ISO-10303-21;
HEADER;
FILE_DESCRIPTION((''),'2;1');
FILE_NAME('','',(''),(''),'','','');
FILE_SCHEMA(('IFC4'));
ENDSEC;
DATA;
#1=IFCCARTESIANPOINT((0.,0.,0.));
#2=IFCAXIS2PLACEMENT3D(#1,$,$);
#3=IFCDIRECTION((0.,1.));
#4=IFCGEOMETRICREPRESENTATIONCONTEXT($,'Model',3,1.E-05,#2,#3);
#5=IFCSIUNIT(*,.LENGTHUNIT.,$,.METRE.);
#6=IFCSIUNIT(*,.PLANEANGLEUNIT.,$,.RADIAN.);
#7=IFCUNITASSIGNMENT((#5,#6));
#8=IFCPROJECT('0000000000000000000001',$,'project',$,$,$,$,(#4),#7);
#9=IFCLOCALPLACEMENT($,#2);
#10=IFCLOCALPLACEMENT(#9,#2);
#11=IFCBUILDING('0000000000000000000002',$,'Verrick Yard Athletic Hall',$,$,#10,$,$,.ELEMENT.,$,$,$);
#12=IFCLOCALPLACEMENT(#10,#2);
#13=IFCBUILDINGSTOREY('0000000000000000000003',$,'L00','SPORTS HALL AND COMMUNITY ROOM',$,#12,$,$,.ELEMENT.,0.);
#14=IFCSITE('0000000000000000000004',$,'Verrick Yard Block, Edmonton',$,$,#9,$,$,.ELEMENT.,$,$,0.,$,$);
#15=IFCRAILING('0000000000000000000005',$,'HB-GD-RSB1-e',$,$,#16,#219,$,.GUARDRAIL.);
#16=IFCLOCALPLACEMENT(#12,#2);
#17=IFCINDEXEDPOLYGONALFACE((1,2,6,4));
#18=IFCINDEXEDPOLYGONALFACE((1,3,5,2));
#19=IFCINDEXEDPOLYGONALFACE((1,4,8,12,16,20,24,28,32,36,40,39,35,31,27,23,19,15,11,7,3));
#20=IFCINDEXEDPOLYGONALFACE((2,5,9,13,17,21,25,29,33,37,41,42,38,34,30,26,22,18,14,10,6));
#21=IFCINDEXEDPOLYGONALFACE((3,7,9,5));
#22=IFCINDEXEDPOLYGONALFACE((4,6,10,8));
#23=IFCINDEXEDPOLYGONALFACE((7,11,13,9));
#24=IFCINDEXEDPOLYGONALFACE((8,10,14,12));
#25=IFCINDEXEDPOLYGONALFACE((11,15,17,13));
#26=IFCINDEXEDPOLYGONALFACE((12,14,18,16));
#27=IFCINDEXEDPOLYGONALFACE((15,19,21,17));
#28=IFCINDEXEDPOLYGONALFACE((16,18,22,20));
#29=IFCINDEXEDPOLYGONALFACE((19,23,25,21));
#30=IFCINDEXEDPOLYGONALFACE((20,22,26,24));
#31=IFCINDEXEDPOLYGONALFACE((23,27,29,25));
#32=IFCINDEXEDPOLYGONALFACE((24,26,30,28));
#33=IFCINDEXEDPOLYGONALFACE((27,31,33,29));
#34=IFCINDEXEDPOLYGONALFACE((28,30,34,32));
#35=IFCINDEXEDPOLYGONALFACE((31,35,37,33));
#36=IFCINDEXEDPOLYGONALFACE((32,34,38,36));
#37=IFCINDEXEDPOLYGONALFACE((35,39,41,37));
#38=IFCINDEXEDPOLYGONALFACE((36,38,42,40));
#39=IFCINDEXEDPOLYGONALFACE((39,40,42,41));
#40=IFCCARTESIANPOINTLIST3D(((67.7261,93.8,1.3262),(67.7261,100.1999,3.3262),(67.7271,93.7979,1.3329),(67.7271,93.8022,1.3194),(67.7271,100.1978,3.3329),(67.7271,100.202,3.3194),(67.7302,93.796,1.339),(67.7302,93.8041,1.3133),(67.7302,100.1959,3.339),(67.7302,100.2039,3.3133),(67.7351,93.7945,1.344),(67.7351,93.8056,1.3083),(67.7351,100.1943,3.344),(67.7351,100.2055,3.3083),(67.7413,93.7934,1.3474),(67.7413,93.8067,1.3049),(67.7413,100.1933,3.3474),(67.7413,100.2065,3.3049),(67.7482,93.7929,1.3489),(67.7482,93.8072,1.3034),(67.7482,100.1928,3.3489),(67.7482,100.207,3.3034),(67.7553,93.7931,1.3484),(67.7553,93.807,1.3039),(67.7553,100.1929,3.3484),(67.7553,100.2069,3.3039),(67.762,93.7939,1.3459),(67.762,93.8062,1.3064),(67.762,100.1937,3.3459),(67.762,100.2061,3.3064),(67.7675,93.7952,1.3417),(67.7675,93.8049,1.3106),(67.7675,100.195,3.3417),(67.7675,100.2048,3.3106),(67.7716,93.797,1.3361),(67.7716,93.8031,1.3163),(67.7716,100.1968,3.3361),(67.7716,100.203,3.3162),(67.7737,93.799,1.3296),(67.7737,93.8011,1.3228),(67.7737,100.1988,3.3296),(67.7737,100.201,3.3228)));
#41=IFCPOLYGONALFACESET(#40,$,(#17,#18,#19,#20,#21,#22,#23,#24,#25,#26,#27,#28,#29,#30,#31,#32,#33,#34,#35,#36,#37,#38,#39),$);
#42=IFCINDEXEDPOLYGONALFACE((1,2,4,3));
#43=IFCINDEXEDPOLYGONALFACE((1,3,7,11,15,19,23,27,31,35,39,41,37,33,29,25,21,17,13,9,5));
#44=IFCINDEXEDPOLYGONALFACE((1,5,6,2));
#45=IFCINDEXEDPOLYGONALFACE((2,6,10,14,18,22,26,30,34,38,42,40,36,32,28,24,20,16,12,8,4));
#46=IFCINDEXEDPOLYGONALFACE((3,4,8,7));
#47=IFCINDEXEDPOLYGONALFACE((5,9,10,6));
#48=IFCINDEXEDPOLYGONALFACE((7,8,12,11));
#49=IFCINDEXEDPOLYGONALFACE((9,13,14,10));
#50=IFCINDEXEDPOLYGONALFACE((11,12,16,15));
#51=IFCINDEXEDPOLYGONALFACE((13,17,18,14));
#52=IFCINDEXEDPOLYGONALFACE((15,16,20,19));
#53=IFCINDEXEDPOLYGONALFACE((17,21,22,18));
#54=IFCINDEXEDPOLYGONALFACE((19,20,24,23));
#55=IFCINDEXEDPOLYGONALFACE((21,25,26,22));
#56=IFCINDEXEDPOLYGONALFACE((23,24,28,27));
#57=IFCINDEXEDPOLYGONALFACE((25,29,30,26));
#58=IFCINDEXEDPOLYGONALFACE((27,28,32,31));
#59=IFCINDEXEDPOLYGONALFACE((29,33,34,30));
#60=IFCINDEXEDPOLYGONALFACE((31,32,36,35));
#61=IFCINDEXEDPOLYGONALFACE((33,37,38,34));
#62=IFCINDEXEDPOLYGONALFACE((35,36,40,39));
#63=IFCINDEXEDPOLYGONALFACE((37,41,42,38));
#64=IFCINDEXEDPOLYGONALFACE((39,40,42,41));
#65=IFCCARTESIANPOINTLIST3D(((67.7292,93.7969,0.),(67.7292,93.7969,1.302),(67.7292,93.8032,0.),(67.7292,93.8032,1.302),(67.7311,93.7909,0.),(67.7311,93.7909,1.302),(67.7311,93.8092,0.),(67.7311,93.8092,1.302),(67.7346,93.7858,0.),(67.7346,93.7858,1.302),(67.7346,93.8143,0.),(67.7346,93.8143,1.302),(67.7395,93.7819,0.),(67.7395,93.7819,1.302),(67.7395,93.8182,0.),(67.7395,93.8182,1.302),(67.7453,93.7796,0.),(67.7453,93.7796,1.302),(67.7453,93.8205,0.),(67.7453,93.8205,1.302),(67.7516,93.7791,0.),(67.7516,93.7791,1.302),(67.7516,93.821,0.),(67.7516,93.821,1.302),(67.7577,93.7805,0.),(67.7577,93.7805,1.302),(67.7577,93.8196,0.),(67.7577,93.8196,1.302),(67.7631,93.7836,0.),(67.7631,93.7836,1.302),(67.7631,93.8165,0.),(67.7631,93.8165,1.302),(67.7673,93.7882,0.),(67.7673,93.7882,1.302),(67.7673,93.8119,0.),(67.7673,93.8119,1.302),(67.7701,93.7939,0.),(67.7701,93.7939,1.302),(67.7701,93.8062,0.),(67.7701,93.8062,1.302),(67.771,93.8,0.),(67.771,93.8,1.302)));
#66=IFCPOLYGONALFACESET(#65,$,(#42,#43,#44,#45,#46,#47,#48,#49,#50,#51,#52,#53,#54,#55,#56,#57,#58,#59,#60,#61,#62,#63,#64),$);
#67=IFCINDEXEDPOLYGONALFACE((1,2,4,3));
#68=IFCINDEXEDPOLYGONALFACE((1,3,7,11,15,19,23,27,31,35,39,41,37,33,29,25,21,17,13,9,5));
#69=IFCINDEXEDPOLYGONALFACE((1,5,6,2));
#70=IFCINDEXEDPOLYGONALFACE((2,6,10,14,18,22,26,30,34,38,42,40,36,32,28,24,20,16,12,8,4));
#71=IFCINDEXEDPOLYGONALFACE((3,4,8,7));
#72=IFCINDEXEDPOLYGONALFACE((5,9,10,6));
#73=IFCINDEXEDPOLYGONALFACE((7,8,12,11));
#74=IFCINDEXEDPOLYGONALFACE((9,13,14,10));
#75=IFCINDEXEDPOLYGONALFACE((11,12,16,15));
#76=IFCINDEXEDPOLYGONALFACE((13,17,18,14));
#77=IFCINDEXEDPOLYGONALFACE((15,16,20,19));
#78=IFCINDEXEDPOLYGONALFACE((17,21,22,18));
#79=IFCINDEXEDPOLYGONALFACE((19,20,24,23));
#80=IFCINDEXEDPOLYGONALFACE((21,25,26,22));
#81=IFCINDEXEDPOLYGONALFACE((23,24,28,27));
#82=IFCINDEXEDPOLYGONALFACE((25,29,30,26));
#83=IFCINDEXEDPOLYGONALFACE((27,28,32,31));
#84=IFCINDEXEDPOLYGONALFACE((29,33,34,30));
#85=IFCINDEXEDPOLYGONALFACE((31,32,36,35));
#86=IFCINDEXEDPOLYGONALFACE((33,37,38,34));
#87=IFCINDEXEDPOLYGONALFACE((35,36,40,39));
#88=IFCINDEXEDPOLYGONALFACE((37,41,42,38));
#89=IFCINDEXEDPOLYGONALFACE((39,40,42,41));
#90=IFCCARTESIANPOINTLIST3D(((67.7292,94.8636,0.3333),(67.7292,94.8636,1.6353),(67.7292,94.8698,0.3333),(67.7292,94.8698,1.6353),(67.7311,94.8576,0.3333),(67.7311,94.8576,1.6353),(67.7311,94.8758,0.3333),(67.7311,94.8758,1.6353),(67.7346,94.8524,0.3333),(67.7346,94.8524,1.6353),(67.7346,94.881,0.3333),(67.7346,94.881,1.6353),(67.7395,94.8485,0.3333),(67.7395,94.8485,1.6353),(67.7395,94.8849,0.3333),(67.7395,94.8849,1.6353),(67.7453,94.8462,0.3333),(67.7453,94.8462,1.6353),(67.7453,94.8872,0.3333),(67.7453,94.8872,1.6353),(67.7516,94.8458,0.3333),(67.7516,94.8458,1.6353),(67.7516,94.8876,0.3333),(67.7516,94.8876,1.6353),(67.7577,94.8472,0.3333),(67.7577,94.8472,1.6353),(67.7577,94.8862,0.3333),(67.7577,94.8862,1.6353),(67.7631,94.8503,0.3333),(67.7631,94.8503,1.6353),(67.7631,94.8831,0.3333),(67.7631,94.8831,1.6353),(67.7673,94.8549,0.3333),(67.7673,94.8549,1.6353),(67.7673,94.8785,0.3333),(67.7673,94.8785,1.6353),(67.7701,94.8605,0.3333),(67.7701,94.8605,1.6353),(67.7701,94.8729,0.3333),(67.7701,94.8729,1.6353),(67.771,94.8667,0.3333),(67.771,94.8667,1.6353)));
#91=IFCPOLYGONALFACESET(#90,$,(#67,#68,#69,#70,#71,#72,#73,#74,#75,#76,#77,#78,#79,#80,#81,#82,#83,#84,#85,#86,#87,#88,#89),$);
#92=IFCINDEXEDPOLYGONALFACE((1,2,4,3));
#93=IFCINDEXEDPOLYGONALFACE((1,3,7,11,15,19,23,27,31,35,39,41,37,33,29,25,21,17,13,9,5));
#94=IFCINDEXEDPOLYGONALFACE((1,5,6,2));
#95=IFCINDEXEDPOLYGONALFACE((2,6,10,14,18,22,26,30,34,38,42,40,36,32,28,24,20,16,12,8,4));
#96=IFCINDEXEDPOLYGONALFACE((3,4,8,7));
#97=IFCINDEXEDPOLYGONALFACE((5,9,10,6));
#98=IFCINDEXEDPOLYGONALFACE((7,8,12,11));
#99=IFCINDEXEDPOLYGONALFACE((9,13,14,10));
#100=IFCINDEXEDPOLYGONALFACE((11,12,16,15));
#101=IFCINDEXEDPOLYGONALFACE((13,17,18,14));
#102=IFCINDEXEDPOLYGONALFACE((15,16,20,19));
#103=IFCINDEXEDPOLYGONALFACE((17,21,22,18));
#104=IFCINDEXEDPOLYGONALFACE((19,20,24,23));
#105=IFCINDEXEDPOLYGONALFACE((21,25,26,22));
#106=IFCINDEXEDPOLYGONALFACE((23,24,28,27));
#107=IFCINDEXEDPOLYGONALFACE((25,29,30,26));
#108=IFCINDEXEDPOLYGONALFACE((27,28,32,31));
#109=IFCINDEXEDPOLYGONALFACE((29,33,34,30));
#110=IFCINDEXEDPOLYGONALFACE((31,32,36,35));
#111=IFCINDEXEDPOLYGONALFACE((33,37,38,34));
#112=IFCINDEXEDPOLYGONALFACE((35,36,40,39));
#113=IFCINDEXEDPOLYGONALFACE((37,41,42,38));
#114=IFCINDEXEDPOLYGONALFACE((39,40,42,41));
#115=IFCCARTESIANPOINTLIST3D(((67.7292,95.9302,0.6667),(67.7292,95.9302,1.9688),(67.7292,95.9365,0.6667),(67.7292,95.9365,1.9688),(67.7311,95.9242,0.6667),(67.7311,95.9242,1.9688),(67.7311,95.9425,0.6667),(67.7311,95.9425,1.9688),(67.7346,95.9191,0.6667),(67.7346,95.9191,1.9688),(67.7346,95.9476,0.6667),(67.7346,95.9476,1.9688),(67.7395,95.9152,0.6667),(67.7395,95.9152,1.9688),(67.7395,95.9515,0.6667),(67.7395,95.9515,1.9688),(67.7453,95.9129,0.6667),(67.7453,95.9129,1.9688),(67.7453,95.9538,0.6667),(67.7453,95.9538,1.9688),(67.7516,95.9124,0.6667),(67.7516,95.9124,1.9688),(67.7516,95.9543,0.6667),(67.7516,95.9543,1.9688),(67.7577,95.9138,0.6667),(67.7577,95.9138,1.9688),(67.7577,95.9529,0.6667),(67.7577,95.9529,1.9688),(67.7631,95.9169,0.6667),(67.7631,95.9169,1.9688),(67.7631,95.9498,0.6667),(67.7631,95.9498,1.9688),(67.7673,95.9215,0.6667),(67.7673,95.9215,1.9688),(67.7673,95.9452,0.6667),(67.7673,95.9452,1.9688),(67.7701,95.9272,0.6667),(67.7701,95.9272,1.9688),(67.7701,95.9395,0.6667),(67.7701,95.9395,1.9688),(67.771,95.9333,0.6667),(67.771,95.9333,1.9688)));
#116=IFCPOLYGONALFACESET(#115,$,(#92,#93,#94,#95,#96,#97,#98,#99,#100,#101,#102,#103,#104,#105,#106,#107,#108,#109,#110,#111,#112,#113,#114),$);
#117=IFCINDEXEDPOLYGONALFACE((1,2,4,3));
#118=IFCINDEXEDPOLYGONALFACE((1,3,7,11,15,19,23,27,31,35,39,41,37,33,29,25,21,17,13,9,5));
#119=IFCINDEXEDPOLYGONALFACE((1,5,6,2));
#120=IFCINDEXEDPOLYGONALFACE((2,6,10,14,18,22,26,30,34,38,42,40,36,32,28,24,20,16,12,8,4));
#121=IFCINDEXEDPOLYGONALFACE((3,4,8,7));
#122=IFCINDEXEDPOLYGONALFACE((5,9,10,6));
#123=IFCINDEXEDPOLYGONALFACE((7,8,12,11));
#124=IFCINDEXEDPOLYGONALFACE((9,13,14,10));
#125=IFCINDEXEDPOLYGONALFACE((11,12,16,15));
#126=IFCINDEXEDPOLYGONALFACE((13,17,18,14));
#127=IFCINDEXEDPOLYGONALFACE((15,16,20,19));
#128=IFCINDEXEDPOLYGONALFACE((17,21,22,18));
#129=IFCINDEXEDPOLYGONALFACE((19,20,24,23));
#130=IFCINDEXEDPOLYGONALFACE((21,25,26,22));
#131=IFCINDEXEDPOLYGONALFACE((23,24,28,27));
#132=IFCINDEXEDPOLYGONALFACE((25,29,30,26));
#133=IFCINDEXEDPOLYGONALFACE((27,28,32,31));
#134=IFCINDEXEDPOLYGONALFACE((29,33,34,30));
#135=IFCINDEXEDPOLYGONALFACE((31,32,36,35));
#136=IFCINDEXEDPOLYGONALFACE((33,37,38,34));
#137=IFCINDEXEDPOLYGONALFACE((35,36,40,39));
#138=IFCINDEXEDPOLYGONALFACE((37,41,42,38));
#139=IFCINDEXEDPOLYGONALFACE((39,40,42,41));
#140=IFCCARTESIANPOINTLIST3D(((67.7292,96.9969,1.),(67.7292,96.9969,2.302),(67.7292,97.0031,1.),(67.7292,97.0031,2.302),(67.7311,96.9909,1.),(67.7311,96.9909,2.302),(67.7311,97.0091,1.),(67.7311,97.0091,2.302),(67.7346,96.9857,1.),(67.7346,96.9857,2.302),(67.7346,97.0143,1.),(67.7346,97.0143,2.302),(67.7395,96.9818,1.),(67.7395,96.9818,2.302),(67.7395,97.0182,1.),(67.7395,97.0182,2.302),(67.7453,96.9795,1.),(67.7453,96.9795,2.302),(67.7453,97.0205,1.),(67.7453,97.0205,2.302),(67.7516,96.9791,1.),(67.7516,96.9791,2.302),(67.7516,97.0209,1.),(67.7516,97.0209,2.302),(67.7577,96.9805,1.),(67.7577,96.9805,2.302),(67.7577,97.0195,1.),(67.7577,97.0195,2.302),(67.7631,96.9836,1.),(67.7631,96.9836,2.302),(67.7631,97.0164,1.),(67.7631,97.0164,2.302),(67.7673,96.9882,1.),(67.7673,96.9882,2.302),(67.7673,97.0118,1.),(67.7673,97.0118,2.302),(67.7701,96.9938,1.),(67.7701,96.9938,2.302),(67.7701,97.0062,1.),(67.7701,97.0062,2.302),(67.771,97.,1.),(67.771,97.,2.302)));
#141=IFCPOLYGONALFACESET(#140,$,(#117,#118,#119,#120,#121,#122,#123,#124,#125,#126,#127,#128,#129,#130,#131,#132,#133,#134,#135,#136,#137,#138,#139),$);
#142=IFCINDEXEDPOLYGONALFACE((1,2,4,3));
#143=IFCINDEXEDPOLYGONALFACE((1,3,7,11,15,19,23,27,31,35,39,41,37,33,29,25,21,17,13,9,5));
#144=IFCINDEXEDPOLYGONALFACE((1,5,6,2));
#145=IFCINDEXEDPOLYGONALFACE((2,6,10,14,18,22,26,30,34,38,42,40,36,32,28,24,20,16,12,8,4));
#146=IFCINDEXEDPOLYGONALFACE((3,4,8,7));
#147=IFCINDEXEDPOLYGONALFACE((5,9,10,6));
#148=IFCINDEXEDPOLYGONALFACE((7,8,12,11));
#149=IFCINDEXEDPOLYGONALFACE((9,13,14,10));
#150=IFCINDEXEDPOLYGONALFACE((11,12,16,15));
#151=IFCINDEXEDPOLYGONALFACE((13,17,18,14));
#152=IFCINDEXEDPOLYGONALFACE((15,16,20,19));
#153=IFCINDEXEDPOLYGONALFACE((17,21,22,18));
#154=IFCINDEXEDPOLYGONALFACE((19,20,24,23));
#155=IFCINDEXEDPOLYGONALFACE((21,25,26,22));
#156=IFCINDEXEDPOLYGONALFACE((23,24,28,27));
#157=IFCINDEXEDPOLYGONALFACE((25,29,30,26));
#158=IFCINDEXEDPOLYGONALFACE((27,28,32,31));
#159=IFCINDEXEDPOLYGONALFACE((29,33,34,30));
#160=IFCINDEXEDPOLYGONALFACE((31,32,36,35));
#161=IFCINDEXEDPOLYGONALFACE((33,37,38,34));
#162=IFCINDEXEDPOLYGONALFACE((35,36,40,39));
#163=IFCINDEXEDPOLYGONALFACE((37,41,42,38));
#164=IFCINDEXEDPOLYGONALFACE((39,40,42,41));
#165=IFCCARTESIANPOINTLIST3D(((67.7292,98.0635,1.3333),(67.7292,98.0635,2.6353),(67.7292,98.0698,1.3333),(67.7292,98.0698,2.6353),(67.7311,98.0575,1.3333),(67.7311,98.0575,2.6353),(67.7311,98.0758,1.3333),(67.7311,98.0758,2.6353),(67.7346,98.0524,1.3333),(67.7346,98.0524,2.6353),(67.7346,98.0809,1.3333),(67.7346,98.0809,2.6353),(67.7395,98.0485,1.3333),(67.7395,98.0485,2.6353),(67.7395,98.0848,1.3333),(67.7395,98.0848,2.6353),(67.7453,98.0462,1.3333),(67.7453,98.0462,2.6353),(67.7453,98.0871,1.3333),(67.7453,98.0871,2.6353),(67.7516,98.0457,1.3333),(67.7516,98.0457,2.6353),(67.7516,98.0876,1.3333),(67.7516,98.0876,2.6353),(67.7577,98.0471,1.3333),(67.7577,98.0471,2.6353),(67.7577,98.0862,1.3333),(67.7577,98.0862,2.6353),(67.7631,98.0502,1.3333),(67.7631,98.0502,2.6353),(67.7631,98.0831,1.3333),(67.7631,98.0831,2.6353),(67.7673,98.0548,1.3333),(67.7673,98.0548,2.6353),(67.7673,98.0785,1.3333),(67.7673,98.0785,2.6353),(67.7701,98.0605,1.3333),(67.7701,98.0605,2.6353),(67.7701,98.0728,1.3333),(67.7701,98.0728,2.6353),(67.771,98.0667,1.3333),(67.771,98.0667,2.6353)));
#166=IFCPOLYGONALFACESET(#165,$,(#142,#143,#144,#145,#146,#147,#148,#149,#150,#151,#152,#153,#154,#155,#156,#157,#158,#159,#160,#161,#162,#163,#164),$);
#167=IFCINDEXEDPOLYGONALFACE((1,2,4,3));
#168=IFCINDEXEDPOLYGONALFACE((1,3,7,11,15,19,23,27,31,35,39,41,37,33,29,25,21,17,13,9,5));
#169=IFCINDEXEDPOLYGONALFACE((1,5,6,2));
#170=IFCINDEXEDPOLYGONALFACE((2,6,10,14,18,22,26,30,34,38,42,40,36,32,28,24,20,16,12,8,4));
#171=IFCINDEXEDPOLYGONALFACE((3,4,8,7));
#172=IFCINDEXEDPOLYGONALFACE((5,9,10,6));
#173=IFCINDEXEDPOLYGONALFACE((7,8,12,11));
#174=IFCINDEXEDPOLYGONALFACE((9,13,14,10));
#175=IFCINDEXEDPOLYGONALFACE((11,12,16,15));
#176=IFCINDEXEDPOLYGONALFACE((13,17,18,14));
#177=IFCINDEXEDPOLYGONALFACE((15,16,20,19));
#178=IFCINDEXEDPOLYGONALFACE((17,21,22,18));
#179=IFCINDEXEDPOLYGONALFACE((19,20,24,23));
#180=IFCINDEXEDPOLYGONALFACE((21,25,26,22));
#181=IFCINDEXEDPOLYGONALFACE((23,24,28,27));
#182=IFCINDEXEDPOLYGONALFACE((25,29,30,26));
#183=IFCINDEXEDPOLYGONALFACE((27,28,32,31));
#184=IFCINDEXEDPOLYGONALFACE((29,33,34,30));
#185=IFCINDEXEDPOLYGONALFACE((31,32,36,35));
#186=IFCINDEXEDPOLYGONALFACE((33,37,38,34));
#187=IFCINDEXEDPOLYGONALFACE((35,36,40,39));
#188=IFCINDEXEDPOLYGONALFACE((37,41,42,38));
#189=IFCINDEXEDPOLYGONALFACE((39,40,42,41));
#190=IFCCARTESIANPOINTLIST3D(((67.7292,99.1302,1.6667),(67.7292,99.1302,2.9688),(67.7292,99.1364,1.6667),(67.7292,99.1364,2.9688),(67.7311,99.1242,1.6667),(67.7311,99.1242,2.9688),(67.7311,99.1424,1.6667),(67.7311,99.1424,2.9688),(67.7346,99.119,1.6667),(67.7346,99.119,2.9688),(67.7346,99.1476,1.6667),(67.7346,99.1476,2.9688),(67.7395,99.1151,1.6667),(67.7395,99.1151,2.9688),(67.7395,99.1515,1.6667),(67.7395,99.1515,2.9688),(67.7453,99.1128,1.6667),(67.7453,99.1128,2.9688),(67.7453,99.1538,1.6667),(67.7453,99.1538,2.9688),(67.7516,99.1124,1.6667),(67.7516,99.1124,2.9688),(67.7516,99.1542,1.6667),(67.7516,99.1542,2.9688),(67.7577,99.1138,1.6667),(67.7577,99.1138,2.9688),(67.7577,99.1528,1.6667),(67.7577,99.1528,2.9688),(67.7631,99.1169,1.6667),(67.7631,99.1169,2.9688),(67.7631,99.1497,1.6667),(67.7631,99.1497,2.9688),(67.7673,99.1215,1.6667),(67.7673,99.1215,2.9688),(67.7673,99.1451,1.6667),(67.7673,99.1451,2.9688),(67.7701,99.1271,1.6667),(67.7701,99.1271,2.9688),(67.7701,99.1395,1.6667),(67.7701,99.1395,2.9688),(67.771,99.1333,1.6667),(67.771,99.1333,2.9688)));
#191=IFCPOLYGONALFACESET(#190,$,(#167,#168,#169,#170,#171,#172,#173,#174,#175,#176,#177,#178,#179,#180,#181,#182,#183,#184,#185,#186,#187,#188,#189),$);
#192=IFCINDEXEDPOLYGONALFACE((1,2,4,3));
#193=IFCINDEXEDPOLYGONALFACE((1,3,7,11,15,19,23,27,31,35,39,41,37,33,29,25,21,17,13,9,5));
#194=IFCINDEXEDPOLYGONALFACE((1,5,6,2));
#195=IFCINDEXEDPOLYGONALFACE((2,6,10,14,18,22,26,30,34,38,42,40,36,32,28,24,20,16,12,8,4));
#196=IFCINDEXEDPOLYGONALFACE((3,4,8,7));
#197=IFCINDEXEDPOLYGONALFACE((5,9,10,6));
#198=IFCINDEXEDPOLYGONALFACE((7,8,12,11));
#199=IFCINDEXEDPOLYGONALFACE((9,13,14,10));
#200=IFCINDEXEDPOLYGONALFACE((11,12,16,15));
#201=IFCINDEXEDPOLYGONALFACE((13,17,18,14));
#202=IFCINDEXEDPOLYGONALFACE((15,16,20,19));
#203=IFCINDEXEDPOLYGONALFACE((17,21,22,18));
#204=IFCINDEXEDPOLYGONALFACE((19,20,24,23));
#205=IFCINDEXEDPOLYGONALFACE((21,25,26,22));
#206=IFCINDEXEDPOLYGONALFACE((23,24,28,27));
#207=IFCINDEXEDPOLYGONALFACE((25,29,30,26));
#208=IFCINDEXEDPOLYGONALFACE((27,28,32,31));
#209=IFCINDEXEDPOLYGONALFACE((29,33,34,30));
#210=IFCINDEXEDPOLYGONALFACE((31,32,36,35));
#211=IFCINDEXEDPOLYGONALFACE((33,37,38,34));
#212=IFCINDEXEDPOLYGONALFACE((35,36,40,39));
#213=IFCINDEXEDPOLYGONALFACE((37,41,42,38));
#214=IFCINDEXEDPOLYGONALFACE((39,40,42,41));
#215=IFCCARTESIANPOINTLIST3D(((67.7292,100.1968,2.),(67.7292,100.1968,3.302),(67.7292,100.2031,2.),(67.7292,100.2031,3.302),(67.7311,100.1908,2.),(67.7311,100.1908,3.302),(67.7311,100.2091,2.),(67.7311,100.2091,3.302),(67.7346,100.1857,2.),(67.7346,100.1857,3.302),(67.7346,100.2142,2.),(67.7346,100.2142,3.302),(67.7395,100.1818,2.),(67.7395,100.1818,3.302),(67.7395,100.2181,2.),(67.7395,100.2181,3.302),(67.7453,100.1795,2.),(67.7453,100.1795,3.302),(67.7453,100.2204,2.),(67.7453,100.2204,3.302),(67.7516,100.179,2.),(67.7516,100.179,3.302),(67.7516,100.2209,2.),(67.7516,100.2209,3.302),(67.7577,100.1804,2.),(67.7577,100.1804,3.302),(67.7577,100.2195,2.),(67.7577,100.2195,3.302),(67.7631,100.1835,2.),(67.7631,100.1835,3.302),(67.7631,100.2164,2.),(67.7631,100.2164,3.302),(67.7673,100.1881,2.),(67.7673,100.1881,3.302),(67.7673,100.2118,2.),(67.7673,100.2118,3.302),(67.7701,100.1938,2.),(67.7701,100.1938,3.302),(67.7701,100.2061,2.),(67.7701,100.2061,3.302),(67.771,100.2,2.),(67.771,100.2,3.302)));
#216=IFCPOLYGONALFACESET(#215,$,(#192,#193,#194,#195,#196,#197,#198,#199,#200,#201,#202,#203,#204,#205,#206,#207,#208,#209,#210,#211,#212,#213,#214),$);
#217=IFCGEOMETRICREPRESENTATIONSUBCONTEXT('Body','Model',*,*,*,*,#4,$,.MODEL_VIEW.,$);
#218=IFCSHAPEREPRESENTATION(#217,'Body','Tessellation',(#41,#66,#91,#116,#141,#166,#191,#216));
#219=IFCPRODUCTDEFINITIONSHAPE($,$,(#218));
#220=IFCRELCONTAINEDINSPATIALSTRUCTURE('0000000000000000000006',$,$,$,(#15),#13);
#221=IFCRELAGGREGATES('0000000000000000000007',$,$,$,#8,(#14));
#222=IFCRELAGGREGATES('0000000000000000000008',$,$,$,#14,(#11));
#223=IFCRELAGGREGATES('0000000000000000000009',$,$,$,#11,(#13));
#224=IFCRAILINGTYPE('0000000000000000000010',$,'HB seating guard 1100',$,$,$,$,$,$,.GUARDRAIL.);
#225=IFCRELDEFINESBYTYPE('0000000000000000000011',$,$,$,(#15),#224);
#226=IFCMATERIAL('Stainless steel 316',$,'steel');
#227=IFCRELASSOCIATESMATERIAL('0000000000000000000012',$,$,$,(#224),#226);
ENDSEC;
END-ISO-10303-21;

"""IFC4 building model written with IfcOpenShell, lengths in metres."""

from ifc_helpers import new_model, si_unit, direction, frame, origin, origin_2d, place, context, subcontext, project, spatial, circle, extrude, material, type_object, element, save


model = new_model("IFC4")

# Units and contexts
model_context = context("Model", 3, precision=1e-05, world=origin(), true_north=direction((0.0, 1.0)))
body_context = subcontext(model_context, "Body", "Model", "MODEL_VIEW")
ifc_project = project(units=[si_unit("LENGTHUNIT", "METRE"), si_unit("PLANEANGLEUNIT", "RADIAN")], contexts=[model_context])

# Site, building, storey
site_placement = place(None, origin())
site = spatial("IfcSite", under=ifc_project, at=site_placement, Name="Verrick Yard Block, Edmonton", CompositionType="ELEMENT", RefElevation=0.0)
building_placement = place(site_placement, origin())
building = spatial("IfcBuilding", under=site, at=building_placement, Name="Verrick Yard Athletic Hall", CompositionType="ELEMENT")
storey_placement = place(building_placement, origin())
storey = spatial("IfcBuildingStorey", under=building, at=storey_placement, Name="L00", Description="SPORTS HALL AND COMMUNITY ROOM", CompositionType="ELEMENT", Elevation=0.0)

# Railing
ifc_material_1 = material(Name="Stainless steel 316", Category="steel")
railing_type = type_object("IfcRailingType", Name="HB seating guard 1100", PredefinedType="GUARDRAIL", material=ifc_material_1)
railing_placement = place(storey_placement, frame((67.75, 93.8, 0.0)))
element("IfcRailing", 1, at=railing_placement, inside=storey, type_object=railing_type, Name="HB-GD-RSB1-e", PredefinedType="GUARDRAIL", context=body_context, shape_type="SweptSolid", body=[
    extrude(circle(Radius=0.0239, at=origin_2d()), frame((0.0, 0.0, 1.3262), z_axis=(0.0, 0.954479, 0.298279), x_axis=(-1.0, 0.0, 0.0)), (0.0, 0.0, 1.0), 6.7051),
    extrude(circle(Radius=0.021, at=origin_2d()), origin(), (0.0, 0.0, 1.0), 1.302),
    extrude(circle(Radius=0.021, at=origin_2d()), frame((0.0, 1.0667, 0.3333)), (0.0, 0.0, 1.0), 1.302),
    extrude(circle(Radius=0.021, at=origin_2d()), frame((0.0, 2.1333, 0.6667)), (0.0, 0.0, 1.0), 1.302),
    extrude(circle(Radius=0.021, at=origin_2d()), frame((0.0, 3.2, 1.0)), (0.0, 0.0, 1.0), 1.302),
    extrude(circle(Radius=0.021, at=origin_2d()), frame((0.0, 4.2666, 1.3333)), (0.0, 0.0, 1.0), 1.302),
    extrude(circle(Radius=0.021, at=origin_2d()), frame((0.0, 5.3333, 1.6667)), (0.0, 0.0, 1.0), 1.302),
    extrude(circle(Radius=0.021, at=origin_2d()), frame((0.0, 6.3999, 2.0)), (0.0, 0.0, 1.0), 1.302),
])

save(model, "model.ifc")
